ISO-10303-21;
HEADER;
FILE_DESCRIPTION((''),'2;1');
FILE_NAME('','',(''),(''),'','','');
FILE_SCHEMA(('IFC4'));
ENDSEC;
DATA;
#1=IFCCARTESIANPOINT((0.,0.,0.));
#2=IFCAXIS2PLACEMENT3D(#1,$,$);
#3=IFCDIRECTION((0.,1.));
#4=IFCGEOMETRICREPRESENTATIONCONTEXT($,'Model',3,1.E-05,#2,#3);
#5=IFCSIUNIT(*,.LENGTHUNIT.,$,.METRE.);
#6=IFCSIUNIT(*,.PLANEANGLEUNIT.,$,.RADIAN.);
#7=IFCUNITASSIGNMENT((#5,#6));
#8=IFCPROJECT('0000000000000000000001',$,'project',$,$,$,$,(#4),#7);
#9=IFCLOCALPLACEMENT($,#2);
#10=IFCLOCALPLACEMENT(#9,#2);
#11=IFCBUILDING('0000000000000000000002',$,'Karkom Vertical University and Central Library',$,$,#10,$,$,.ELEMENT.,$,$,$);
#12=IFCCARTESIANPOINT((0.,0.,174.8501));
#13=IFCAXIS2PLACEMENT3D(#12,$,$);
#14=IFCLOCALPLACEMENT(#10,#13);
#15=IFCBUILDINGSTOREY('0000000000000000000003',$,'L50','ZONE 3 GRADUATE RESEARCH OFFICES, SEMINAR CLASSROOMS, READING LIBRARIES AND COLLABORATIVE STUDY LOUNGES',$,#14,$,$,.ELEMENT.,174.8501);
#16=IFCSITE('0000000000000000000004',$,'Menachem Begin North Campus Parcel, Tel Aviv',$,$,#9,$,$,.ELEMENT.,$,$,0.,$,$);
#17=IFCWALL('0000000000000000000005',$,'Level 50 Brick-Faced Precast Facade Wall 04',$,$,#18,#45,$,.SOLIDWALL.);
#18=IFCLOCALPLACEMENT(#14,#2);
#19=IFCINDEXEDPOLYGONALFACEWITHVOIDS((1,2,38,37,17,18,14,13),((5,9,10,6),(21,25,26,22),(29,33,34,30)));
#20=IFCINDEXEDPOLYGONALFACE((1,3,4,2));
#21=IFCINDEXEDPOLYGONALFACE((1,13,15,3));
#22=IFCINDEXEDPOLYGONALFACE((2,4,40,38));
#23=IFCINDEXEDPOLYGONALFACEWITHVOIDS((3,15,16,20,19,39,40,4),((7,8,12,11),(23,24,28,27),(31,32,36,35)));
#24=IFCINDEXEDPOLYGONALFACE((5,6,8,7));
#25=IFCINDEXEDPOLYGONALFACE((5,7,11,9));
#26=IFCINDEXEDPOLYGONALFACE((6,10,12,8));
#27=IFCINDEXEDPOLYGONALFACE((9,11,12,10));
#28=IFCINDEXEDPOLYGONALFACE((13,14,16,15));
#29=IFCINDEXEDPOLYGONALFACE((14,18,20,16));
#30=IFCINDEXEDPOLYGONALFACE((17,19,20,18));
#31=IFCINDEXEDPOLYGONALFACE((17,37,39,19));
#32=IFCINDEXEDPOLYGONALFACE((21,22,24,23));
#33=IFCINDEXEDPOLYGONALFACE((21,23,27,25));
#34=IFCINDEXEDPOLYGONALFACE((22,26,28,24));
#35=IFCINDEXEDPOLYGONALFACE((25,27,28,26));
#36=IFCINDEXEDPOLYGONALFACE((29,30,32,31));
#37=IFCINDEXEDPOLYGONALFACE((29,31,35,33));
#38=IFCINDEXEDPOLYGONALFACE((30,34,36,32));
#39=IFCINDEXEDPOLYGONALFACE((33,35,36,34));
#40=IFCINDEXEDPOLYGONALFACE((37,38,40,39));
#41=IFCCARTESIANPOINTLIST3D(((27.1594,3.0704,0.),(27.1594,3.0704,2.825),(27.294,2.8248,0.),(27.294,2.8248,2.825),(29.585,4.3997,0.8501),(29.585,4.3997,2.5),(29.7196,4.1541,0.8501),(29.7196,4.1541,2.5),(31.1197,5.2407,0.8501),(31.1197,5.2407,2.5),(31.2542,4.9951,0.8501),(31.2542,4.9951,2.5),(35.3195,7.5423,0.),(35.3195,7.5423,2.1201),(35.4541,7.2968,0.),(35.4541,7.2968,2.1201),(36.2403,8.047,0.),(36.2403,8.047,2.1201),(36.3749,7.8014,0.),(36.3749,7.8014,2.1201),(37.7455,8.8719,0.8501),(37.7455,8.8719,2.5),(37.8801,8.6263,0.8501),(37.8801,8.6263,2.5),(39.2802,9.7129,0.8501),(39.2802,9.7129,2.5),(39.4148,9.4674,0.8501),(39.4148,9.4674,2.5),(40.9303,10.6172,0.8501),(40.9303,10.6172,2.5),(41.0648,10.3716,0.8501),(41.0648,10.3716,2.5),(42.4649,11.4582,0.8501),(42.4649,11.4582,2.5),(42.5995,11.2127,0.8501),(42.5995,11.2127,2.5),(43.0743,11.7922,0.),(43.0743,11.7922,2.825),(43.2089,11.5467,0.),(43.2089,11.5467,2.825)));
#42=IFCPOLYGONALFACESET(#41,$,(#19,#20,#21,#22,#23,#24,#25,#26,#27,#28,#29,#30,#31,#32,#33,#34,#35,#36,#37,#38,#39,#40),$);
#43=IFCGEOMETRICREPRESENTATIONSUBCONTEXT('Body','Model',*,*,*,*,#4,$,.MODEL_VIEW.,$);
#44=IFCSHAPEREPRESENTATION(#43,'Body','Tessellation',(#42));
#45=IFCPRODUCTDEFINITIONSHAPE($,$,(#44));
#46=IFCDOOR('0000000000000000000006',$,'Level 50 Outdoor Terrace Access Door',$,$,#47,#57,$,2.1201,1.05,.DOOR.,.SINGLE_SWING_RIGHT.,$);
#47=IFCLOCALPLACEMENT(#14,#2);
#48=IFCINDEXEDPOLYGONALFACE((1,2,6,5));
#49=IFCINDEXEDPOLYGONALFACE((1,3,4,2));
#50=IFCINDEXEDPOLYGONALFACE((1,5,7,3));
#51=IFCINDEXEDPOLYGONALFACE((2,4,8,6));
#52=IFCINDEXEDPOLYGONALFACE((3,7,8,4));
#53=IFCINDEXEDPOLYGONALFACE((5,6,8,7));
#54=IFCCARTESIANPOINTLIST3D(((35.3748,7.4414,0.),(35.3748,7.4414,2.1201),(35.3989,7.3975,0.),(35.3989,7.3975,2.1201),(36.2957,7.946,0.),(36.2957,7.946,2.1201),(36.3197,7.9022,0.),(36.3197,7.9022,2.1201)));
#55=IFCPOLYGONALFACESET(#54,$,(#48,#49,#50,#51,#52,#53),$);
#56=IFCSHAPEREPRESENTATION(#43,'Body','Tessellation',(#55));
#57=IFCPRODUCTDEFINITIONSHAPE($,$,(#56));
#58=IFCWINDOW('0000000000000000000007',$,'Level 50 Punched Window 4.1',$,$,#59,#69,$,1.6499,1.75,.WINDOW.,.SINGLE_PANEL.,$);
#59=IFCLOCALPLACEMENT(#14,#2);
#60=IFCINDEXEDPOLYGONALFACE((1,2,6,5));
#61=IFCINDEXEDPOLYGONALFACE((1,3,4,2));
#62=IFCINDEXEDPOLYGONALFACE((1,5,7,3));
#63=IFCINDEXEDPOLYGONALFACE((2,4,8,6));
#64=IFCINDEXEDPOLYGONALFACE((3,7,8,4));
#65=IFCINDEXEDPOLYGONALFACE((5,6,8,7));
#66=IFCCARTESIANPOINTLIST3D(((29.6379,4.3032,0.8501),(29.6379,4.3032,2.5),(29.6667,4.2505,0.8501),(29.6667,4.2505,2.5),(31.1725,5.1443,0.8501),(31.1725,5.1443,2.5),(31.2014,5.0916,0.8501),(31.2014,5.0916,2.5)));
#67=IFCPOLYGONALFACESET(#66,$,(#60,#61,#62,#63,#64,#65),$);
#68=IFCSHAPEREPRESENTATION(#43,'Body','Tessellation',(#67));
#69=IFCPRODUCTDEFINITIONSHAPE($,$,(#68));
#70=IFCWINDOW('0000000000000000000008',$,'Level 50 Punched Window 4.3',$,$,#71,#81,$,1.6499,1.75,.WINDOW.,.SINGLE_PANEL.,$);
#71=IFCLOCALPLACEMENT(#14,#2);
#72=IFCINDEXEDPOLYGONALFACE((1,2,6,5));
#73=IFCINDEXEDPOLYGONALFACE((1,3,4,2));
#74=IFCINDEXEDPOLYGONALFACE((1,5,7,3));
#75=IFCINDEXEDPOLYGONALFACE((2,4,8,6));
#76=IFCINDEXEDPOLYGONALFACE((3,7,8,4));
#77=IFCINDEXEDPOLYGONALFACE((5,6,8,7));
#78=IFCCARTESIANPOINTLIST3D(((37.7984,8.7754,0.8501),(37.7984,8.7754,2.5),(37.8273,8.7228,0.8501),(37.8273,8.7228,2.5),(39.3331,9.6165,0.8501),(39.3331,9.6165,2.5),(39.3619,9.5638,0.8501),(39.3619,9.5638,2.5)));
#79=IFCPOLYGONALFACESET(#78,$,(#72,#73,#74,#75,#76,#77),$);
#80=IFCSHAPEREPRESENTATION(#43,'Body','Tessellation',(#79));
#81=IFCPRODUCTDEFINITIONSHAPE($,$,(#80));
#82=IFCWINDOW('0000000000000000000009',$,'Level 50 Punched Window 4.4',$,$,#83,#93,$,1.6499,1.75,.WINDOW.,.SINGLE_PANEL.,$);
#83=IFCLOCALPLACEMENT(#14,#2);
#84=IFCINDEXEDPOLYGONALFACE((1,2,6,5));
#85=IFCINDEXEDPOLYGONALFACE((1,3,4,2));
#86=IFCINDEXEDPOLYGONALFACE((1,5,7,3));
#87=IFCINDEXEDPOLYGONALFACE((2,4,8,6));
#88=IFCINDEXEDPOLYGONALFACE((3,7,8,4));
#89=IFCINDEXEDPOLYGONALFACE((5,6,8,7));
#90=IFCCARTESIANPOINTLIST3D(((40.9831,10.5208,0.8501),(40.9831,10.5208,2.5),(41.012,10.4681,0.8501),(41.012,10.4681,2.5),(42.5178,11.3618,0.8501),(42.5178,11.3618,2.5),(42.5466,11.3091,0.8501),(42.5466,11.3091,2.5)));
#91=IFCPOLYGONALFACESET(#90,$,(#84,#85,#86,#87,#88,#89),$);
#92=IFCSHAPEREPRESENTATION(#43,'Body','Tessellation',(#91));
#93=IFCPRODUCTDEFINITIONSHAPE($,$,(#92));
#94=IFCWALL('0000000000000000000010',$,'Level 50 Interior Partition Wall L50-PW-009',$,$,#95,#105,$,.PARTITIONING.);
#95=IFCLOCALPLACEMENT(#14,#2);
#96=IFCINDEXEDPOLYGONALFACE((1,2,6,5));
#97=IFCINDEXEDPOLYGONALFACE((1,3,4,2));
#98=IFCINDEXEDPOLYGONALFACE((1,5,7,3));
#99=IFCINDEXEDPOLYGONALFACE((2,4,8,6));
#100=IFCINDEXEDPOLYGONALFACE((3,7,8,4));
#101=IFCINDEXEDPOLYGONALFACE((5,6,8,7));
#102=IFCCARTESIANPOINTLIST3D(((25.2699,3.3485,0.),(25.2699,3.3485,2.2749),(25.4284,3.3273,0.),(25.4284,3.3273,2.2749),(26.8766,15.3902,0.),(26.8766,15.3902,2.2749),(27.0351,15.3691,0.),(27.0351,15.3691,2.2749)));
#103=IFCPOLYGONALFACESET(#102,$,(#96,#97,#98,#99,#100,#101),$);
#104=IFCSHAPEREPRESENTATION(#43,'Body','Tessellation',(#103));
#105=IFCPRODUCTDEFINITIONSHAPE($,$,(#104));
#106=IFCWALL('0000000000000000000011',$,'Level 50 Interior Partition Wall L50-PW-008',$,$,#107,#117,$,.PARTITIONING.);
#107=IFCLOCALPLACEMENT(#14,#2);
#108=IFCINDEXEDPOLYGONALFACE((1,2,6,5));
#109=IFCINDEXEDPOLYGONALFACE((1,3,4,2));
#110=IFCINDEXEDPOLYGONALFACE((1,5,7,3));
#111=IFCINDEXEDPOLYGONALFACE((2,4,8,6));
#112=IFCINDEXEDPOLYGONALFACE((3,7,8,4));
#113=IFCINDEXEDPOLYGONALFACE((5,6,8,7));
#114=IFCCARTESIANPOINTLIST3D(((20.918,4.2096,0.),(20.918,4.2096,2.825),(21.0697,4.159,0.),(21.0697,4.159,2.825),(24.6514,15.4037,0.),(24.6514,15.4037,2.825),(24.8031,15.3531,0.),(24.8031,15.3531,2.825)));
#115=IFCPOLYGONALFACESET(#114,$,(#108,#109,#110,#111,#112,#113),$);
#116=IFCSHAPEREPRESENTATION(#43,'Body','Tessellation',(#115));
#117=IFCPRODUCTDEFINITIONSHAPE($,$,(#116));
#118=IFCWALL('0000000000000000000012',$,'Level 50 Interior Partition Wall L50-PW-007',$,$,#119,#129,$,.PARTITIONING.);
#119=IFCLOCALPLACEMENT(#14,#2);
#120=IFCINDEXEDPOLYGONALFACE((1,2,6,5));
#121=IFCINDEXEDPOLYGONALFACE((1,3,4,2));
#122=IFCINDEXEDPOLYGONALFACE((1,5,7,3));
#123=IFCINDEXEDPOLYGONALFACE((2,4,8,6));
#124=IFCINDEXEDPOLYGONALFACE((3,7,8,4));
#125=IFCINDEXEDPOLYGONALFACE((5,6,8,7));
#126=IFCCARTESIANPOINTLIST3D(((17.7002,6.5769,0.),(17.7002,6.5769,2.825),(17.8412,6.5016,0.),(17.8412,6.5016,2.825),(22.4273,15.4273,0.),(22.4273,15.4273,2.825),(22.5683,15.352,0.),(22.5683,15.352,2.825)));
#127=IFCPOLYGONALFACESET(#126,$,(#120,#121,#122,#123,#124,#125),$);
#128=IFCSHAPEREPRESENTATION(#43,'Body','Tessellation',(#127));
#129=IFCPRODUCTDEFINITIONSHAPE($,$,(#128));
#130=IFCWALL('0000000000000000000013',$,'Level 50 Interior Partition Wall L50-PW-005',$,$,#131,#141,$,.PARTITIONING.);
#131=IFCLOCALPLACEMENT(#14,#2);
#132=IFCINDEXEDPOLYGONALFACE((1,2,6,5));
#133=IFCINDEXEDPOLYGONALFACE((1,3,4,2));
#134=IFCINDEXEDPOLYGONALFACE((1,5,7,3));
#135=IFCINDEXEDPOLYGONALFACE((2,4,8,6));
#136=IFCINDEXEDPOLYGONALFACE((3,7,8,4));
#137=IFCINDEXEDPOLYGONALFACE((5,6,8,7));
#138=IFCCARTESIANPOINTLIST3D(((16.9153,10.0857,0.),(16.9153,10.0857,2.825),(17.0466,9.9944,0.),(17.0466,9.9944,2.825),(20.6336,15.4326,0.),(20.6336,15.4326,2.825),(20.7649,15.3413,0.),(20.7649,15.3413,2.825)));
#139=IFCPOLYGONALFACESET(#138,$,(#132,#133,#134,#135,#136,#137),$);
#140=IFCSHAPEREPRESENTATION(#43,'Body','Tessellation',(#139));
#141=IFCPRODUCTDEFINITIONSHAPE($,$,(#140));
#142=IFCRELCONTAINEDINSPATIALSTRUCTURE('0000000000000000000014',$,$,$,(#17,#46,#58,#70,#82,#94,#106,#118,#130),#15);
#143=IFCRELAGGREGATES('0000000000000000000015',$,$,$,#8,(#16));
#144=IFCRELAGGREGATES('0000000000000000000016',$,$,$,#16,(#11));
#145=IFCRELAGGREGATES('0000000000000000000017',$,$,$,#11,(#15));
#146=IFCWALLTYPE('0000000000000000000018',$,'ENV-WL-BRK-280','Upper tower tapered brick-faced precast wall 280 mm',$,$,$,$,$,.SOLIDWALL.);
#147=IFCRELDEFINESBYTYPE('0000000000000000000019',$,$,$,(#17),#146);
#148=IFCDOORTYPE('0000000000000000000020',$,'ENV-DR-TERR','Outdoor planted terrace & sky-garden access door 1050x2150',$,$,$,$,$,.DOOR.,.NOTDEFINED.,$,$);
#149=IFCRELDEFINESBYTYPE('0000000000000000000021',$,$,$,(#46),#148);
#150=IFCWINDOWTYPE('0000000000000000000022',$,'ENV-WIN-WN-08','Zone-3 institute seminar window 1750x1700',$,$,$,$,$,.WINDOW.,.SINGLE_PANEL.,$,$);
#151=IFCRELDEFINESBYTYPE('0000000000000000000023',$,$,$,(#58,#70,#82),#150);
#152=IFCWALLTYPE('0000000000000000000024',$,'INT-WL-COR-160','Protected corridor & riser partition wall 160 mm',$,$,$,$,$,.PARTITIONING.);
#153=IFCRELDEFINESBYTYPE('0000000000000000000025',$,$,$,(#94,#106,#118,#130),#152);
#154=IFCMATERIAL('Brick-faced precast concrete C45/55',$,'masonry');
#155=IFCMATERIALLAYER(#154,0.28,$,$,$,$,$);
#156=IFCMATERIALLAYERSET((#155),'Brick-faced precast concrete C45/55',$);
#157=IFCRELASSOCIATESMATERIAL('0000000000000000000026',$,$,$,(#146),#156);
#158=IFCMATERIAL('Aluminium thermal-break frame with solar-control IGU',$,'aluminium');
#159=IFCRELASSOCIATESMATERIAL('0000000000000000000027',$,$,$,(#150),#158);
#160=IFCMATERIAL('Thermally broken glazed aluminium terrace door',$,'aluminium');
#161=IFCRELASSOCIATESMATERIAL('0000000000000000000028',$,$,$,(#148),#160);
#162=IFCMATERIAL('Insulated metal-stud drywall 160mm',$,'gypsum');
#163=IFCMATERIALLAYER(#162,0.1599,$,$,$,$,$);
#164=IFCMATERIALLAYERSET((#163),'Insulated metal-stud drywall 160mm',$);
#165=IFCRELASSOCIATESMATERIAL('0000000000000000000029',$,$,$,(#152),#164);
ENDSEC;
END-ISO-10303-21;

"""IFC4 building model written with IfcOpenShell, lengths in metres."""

from ifc_helpers import new_model, si_unit, direction, frame, frame_2d, origin, origin_with_axes, place, context, subcontext, project, spatial, rectangle, extrude, source, transform, mapped, material, layer, layer_set, type_object, element, fill, save


model = new_model("IFC4")

# Units and contexts
model_context = context("Model", 3, precision=1e-05, world=origin(), true_north=direction((0.0, 1.0)))
body_context = subcontext(model_context, "Body", "Model", "MODEL_VIEW")
ifc_project = project(units=[si_unit("LENGTHUNIT", "METRE"), si_unit("PLANEANGLEUNIT", "RADIAN")], contexts=[model_context])

# Site, building, storey
site_placement = place(None, origin())
site = spatial("IfcSite", under=ifc_project, at=site_placement, Name="Menachem Begin North Campus Parcel, Tel Aviv", CompositionType="ELEMENT", RefElevation=0.0)
building_placement = place(site_placement, origin())
building = spatial("IfcBuilding", under=site, at=building_placement, Name="Karkom Vertical University and Central Library", CompositionType="ELEMENT")
storey_placement = place(building_placement, frame((0.0, 0.0, 174.8501)))
storey = spatial("IfcBuildingStorey", under=building, at=storey_placement, Name="L50", Description="ZONE 3 GRADUATE RESEARCH OFFICES, SEMINAR CLASSROOMS, READING LIBRARIES AND COLLABORATIVE STUDY LOUNGES", CompositionType="ELEMENT", Elevation=174.8501)

# Shared definitions
ifc_material_1 = material(Name="Brick-faced precast concrete C45/55", Category="masonry")
ifc_layer_1 = layer(ifc_material_1, 0.28)
ifc_layer_set_1 = layer_set([ifc_layer_1], Name="Brick-faced precast concrete C45/55")
wall_type_1 = type_object("IfcWallType", Name="ENV-WL-BRK-280", Description="Upper tower tapered brick-faced precast wall 280 mm", PredefinedType="SOLIDWALL", material=ifc_layer_set_1)
ifc_material_2 = material(Name="Aluminium thermal-break frame with solar-control IGU", Category="aluminium")
window_type_1 = type_object("IfcWindowType", Name="ENV-WIN-WN-08", Description="Zone-3 institute seminar window 1750x1700", PartitioningType="SINGLE_PANEL", PredefinedType="WINDOW", material=ifc_material_2)
shared_shape_1 = source(origin_with_axes(), body_context, "Body", "SweptSolid", [
    extrude(rectangle(XDim=1.75, YDim=1.6499, at=frame_2d((0.875, 0.825))), frame((0.0, 0.03, 0.0), z_axis=(0.0, -1.0, 0.0), x_axis=(1.0, 0.0, 0.0)), (0.0, 0.0, 1.0), 0.0601),
])

# Wall, openings, door, windows
wall_1_placement = place(storey_placement, frame((27.2266, 2.9475, 0.0), z_axis=(0.0, 0.0, 1.0), x_axis=(0.876944, 0.480592, 0.0)))
wall_1 = element("IfcWall", 1, at=wall_1_placement, inside=storey, type_object=wall_type_1, Name="Level 50 Brick-Faced Precast Facade Wall 04", PredefinedType="SOLIDWALL", context=body_context, shape_type="SweptSolid", body=[
    extrude(rectangle(XDim=18.1482, YDim=0.28, at=frame_2d((9.0742, 0.0))), origin(), (0.0, 0.0, 1.0), 2.825),
])
opening_1_placement = place(wall_1_placement, frame((2.7661, 0.0, 0.8501)))
opening_1 = element("IfcOpeningElement", 2, at=opening_1_placement, cuts=wall_1, PredefinedType="OPENING", context=body_context, shape_type="SweptSolid", body=[
    extrude(rectangle(XDim=1.75, YDim=1.6499, at=frame_2d((0.875, 0.825))), frame((0.0, 0.1499, 0.0), z_axis=(0.0, -1.0, 0.0), x_axis=(1.0, 0.0, 0.0)), (0.0, 0.0, 1.0), 0.3),
])
opening_2_placement = place(wall_1_placement, frame((12.0718, 0.0, 0.8501)))
opening_2 = element("IfcOpeningElement", 3, at=opening_2_placement, cuts=wall_1, PredefinedType="OPENING", context=body_context, shape_type="SweptSolid", body=[
    extrude(rectangle(XDim=1.75, YDim=1.6499, at=frame_2d((0.875, 0.825))), frame((0.0, 0.1499, 0.0), z_axis=(0.0, -1.0, 0.0), x_axis=(1.0, 0.0, 0.0)), (0.0, 0.0, 1.0), 0.3),
])
opening_3_placement = place(wall_1_placement, frame((15.7034, 0.0, 0.8501)))
opening_3 = element("IfcOpeningElement", 4, at=opening_3_placement, cuts=wall_1, PredefinedType="OPENING", context=body_context, shape_type="SweptSolid", body=[
    extrude(rectangle(XDim=1.75, YDim=1.6499, at=frame_2d((0.875, 0.825))), frame((0.0, 0.1499, 0.0), z_axis=(0.0, -1.0, 0.0), x_axis=(1.0, 0.0, 0.0)), (0.0, 0.0, 1.0), 0.3),
])
opening_4_placement = place(wall_1_placement, frame((9.3054, 0.0, 0.0)))
opening_4 = element("IfcOpeningElement", 5, at=opening_4_placement, cuts=wall_1, PredefinedType="OPENING", context=body_context, shape_type="SweptSolid", body=[
    extrude(rectangle(XDim=1.05, YDim=2.1201, at=frame_2d((0.5249, 1.0601))), frame((0.0, 0.1499, 0.0), z_axis=(0.0, -1.0, 0.0), x_axis=(1.0, 0.0, 0.0)), (0.0, 0.0, 1.0), 0.3),
])
ifc_material_3 = material(Name="Thermally broken glazed aluminium terrace door", Category="aluminium")
door_type_1 = type_object("IfcDoorType", Name="ENV-DR-TERR", Description="Outdoor planted terrace & sky-garden access door 1050x2150", OperationType="NOTDEFINED", PredefinedType="DOOR", material=ifc_material_3)
shared_shape_2 = source(origin_with_axes(), body_context, "Body", "SweptSolid", [
    extrude(rectangle(XDim=1.05, YDim=2.1201, at=frame_2d((0.5249, 1.0601))), frame((0.0, 0.0249, 0.0), z_axis=(0.0, -1.0, 0.0), x_axis=(1.0, 0.0, 0.0)), (0.0, 0.0, 1.0), 0.05),
])
door_1_placement = place(opening_4_placement, origin())
door_1 = element("IfcDoor", 6, at=door_1_placement, inside=storey, type_object=door_type_1, Name="Level 50 Outdoor Terrace Access Door", OperationType="SINGLE_SWING_RIGHT", OverallHeight=2.1201, OverallWidth=1.05, PredefinedType="DOOR", context=body_context, shape_type="MappedRepresentation", body=[
    mapped(shared_shape_2, transform((0.0, 0.0, 0.0), scale=1.0)),
])
fill(opening_4, door_1)
window_1_placement = place(opening_1_placement, origin())
window_1 = element("IfcWindow", 7, at=window_1_placement, inside=storey, type_object=window_type_1, Name="Level 50 Punched Window 4.1", OverallHeight=1.6499, OverallWidth=1.75, PartitioningType="SINGLE_PANEL", PredefinedType="WINDOW", context=body_context, shape_type="MappedRepresentation", body=[
    mapped(shared_shape_1, transform((0.0, 0.0, 0.0), scale=1.0)),
])
fill(opening_1, window_1)
window_2_placement = place(opening_2_placement, origin())
window_2 = element("IfcWindow", 8, at=window_2_placement, inside=storey, type_object=window_type_1, Name="Level 50 Punched Window 4.3", OverallHeight=1.6499, OverallWidth=1.75, PartitioningType="SINGLE_PANEL", PredefinedType="WINDOW", context=body_context, shape_type="MappedRepresentation", body=[
    mapped(shared_shape_1, transform((0.0, 0.0, 0.0), scale=1.0)),
])
fill(opening_2, window_2)
window_3_placement = place(opening_3_placement, origin())
window_3 = element("IfcWindow", 9, at=window_3_placement, inside=storey, type_object=window_type_1, Name="Level 50 Punched Window 4.4", OverallHeight=1.6499, OverallWidth=1.75, PartitioningType="SINGLE_PANEL", PredefinedType="WINDOW", context=body_context, shape_type="MappedRepresentation", body=[
    mapped(shared_shape_1, transform((0.0, 0.0, 0.0), scale=1.0)),
])
fill(opening_3, window_3)

# Walls
ifc_material_4 = material(Name="Insulated metal-stud drywall 160mm", Category="gypsum")
ifc_layer_2 = layer(ifc_material_4, 0.1599)
ifc_layer_set_2 = layer_set([ifc_layer_2], Name="Insulated metal-stud drywall 160mm")
wall_type_2 = type_object("IfcWallType", Name="INT-WL-COR-160", Description="Protected corridor & riser partition wall 160 mm", PredefinedType="PARTITIONING", material=ifc_layer_set_2)
wall_2_placement = place(storey_placement, frame((26.9558, 15.3796, 0.0), z_axis=(0.0, 0.0, 1.0), x_axis=(-0.132255, -0.991216, 0.0)))
element("IfcWall", 10, at=wall_2_placement, inside=storey, type_object=wall_type_2, Name="Level 50 Interior Partition Wall L50-PW-009", PredefinedType="PARTITIONING", context=body_context, shape_type="SweptSolid", body=[
    extrude(rectangle(XDim=12.1484, YDim=0.1599, at=frame_2d((6.0742, 0.0))), origin(), (0.0, 0.0, 1.0), 2.2749),
])
wall_3_placement = place(storey_placement, frame((24.7273, 15.3784, 0.0), z_axis=(0.0, 0.0, 1.0), x_axis=(-0.316383, -0.948632, 0.0)))
element("IfcWall", 11, at=wall_3_placement, inside=storey, type_object=wall_type_2, Name="Level 50 Interior Partition Wall L50-PW-008", PredefinedType="PARTITIONING", context=body_context, shape_type="SweptSolid", body=[
    extrude(rectangle(XDim=11.8003, YDim=0.1599, at=frame_2d((5.9001, 0.0))), origin(), (0.0, 0.0, 1.0), 2.825),
])
wall_4_placement = place(storey_placement, frame((22.4978, 15.3896, 0.0), z_axis=(0.0, 0.0, 1.0), x_axis=(-0.471121, -0.882069, 0.0)))
element("IfcWall", 12, at=wall_4_placement, inside=storey, type_object=wall_type_2, Name="Level 50 Interior Partition Wall L50-PW-007", PredefinedType="PARTITIONING", context=body_context, shape_type="SweptSolid", body=[
    extrude(rectangle(XDim=10.0337, YDim=0.1599, at=frame_2d((5.0168, 0.0))), origin(), (0.0, 0.0, 1.0), 2.825),
])
wall_5_placement = place(storey_placement, frame((20.6992, 15.387, 0.0), z_axis=(0.0, 0.0, 1.0), x_axis=(-0.570926, -0.821001, 0.0)))
element("IfcWall", 13, at=wall_5_placement, inside=storey, type_object=wall_type_2, Name="Level 50 Interior Partition Wall L50-PW-005", PredefinedType="PARTITIONING", context=body_context, shape_type="SweptSolid", body=[
    extrude(rectangle(XDim=6.5127, YDim=0.1599, at=frame_2d((3.2563, 0.0))), origin(), (0.0, 0.0, 1.0), 2.825),
])

save(model, "model.ifc")
